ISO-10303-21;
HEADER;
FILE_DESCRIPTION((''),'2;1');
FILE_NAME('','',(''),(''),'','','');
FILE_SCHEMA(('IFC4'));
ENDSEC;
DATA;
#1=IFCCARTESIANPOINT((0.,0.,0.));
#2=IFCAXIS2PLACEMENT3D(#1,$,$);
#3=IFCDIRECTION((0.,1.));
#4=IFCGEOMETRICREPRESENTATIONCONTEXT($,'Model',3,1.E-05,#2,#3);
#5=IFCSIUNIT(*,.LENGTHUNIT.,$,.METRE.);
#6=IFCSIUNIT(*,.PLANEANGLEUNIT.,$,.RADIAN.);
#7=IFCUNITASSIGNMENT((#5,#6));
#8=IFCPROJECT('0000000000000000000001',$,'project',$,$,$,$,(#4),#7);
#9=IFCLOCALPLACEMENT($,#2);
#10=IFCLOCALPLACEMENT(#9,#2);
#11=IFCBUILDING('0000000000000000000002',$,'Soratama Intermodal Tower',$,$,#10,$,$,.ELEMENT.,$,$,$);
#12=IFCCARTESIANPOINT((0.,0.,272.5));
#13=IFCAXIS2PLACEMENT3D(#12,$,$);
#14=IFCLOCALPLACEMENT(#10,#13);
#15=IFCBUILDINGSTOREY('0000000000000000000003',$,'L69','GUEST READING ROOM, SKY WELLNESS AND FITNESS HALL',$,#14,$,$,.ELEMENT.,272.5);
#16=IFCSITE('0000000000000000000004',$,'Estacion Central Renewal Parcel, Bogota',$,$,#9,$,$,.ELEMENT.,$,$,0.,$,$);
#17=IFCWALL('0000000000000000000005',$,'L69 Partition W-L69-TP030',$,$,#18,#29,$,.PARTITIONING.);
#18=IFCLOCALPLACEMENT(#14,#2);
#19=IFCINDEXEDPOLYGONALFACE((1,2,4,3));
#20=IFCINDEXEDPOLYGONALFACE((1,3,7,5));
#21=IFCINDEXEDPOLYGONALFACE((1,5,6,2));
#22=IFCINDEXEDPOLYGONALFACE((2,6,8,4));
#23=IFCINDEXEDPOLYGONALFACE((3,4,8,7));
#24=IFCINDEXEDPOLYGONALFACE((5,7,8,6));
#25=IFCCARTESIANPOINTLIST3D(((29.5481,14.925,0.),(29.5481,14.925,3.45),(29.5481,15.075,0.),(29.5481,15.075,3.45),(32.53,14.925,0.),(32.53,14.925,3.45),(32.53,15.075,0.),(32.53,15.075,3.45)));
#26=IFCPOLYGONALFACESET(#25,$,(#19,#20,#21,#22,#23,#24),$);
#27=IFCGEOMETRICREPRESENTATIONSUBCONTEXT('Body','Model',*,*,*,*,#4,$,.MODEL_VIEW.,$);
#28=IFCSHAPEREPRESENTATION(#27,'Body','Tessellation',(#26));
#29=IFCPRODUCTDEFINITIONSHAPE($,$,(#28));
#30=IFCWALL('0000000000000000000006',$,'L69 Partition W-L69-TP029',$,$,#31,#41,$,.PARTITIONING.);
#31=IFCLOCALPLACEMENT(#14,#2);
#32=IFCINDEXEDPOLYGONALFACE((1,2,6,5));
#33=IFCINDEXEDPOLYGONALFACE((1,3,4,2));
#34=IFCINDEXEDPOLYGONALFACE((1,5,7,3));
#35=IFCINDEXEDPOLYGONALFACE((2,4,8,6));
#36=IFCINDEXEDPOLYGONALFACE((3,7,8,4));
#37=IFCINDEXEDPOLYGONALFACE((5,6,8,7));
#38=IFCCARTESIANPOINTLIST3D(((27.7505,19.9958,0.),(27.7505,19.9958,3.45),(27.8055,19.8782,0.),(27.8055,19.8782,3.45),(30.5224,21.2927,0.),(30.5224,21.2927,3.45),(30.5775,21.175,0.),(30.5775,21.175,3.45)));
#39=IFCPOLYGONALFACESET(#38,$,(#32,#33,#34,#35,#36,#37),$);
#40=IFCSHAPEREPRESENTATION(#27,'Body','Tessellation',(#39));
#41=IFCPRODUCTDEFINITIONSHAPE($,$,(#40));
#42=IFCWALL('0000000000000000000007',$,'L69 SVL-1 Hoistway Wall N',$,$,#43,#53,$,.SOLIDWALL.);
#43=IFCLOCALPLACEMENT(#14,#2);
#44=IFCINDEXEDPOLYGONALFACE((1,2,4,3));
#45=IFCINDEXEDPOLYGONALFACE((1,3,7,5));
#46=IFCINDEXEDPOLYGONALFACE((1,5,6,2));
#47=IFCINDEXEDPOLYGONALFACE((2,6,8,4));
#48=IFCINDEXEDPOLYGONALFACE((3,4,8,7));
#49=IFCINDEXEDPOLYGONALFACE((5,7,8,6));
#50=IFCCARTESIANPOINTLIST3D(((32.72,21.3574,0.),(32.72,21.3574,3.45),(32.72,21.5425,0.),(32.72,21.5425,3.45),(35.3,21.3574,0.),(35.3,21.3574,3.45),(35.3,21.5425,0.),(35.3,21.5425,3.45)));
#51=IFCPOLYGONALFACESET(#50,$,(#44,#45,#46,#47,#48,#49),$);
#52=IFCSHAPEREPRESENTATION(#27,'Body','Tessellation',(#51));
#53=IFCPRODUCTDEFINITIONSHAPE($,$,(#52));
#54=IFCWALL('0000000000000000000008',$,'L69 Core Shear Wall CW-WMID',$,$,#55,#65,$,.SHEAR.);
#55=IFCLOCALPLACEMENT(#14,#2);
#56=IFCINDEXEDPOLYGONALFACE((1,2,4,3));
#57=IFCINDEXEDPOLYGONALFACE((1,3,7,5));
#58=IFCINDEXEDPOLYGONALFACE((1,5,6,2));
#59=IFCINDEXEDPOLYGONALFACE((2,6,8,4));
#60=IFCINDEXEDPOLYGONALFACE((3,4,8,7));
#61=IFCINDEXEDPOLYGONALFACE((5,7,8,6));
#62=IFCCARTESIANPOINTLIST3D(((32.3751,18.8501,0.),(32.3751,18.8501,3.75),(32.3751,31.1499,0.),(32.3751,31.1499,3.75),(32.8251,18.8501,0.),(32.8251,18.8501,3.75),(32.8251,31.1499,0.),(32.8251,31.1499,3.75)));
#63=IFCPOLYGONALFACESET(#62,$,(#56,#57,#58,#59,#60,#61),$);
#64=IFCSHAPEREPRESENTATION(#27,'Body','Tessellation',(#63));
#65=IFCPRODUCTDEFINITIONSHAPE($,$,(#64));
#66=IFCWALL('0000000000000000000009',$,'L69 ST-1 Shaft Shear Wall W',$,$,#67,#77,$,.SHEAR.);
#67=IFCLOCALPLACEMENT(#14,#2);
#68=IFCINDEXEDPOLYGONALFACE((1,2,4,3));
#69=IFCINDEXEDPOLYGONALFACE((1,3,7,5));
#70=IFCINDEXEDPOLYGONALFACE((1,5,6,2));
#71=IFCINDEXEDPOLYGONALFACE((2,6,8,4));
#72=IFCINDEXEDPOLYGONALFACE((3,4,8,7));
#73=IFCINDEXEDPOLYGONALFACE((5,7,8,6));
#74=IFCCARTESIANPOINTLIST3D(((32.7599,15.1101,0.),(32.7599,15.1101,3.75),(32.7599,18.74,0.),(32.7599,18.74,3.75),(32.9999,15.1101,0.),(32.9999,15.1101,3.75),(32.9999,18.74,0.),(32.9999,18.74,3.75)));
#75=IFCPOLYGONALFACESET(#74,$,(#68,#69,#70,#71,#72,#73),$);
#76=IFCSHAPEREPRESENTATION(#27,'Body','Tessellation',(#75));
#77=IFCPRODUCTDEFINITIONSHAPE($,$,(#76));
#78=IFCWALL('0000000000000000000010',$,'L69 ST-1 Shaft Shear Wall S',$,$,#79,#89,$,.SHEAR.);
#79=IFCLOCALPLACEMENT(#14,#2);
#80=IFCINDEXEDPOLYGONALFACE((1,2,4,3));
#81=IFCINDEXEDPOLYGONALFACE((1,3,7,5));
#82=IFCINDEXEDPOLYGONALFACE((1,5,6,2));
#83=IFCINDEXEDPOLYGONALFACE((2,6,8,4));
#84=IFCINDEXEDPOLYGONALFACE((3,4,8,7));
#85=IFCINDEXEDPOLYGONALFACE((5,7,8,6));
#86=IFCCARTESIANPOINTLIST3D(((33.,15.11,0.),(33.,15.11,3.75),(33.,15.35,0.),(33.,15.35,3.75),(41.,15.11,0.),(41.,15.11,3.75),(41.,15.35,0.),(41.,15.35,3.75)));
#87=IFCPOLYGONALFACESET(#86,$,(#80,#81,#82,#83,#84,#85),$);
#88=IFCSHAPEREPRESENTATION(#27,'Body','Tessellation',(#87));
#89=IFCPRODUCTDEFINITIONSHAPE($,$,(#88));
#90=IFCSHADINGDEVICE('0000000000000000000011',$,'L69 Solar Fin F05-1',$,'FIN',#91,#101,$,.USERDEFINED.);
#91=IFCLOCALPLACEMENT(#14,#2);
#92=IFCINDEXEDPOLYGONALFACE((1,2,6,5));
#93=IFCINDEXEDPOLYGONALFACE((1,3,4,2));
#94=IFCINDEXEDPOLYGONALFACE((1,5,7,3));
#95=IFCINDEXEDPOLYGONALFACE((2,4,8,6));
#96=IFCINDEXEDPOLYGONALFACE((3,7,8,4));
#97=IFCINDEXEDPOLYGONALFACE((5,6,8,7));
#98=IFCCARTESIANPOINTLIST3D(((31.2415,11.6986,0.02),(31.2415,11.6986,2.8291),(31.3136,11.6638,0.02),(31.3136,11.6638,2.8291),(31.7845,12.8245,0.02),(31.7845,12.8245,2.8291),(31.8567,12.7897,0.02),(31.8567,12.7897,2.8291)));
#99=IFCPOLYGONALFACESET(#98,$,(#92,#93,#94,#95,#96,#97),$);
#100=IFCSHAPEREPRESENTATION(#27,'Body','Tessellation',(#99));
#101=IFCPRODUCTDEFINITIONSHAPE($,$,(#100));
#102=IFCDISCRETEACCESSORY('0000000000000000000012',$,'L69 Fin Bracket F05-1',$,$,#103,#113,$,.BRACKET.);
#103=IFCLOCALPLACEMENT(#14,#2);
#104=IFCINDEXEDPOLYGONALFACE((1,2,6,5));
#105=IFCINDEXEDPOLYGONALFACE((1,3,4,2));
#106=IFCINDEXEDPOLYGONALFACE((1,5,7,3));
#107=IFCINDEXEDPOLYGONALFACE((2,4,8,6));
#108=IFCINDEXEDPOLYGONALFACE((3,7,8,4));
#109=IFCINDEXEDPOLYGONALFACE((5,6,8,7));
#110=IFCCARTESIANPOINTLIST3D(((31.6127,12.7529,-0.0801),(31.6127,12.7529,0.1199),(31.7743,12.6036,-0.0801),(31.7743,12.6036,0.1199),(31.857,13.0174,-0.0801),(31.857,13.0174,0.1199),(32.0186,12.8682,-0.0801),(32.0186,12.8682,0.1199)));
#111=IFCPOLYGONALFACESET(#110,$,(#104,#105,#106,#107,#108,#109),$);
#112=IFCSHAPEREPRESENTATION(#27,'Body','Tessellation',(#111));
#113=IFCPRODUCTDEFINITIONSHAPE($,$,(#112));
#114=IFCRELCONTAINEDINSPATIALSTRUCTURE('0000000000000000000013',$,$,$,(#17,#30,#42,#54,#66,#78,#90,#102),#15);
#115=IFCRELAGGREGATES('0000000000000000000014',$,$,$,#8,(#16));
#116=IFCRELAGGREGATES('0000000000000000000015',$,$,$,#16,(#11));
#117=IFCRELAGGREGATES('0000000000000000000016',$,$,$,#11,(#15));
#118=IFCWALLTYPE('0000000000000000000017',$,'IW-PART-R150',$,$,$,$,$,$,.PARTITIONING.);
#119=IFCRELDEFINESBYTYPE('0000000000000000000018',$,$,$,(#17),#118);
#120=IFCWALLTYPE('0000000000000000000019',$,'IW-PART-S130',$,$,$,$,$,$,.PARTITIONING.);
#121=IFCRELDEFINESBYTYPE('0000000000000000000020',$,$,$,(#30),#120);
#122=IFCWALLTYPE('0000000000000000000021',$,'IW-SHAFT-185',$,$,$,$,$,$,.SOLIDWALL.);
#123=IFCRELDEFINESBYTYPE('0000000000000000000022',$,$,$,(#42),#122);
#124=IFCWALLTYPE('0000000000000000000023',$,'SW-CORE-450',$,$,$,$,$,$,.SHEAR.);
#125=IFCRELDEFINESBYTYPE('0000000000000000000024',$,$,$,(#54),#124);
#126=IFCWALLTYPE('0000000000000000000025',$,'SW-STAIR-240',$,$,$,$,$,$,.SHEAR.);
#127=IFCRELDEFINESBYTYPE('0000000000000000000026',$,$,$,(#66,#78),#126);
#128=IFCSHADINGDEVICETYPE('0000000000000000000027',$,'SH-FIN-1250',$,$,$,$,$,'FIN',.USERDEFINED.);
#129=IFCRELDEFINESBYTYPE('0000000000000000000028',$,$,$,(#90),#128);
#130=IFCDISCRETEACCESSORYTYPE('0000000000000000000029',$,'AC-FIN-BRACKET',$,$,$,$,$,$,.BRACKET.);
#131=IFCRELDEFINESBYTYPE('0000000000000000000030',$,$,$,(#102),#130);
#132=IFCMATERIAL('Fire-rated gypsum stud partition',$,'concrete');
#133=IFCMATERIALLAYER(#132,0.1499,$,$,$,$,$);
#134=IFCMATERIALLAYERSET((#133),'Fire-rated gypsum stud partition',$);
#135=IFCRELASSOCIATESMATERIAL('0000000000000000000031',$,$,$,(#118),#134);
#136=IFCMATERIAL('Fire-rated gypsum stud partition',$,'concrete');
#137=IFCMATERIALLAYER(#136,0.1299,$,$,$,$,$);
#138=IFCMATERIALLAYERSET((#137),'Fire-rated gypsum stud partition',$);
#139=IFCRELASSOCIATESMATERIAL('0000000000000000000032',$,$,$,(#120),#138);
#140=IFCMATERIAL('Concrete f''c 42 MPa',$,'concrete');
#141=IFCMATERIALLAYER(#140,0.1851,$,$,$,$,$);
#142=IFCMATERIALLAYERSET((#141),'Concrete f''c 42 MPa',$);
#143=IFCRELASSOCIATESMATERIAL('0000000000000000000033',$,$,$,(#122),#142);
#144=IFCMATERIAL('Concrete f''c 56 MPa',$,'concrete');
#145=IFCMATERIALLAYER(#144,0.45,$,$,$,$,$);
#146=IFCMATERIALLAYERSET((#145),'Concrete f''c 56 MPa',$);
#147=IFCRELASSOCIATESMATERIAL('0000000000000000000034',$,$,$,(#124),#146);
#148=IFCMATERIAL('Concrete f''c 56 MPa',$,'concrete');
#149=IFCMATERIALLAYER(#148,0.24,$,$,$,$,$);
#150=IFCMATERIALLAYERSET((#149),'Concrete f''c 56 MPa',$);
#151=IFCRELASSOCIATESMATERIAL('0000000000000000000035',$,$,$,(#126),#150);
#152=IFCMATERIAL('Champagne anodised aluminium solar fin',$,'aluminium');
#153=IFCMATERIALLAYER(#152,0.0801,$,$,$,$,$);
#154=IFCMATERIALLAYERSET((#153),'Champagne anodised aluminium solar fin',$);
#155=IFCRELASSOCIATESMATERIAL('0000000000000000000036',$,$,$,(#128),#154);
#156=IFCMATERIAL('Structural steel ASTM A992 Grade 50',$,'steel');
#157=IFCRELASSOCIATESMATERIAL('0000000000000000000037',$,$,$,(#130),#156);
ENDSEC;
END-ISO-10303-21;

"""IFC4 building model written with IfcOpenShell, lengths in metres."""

from ifc_helpers import new_model, si_unit, direction, frame, frame_2d, origin, origin_2d, place, context, subcontext, project, spatial, rectangle, extrude, material, layer, layer_set, type_object, element, save


model = new_model("IFC4")

# Units and contexts
model_context = context("Model", 3, precision=1e-05, world=origin(), true_north=direction((0.0, 1.0)))
body_context = subcontext(model_context, "Body", "Model", "MODEL_VIEW")
ifc_project = project(units=[si_unit("LENGTHUNIT", "METRE"), si_unit("PLANEANGLEUNIT", "RADIAN")], contexts=[model_context])

# Site, building, storey
site_placement = place(None, origin())
site = spatial("IfcSite", under=ifc_project, at=site_placement, Name="Estacion Central Renewal Parcel, Bogota", CompositionType="ELEMENT", RefElevation=0.0)
building_placement = place(site_placement, origin())
building = spatial("IfcBuilding", under=site, at=building_placement, Name="Soratama Intermodal Tower", CompositionType="ELEMENT")
storey_placement = place(building_placement, frame((0.0, 0.0, 272.5)))
storey = spatial("IfcBuildingStorey", under=building, at=storey_placement, Name="L69", Description="GUEST READING ROOM, SKY WELLNESS AND FITNESS HALL", CompositionType="ELEMENT", Elevation=272.5)

# Shared definitions
ifc_material_1 = material(Name="Fire-rated gypsum stud partition", Category="concrete")
ifc_layer_1 = layer(ifc_material_1, 0.1499)
ifc_layer_set_1 = layer_set([ifc_layer_1], Name="Fire-rated gypsum stud partition")
wall_type_1 = type_object("IfcWallType", Name="IW-PART-R150", PredefinedType="PARTITIONING", material=ifc_layer_set_1)

# Walls
wall_1_placement = place(storey_placement, frame((32.53, 15.0, 0.0), z_axis=(0.0, 0.0, 1.0), x_axis=(-1.0, 0.0, 0.0)))
element("IfcWall", 1, at=wall_1_placement, inside=storey, type_object=wall_type_1, Name="L69 Partition W-L69-TP030", PredefinedType="PARTITIONING", context=body_context, shape_type="SweptSolid", body=[
    extrude(rectangle(XDim=2.9819, YDim=0.1499, at=frame_2d((1.491, 0.0))), origin(), (0.0, 0.0, 1.0), 3.45),
])
ifc_material_2 = material(Name="Fire-rated gypsum stud partition", Category="concrete")
ifc_layer_2 = layer(ifc_material_2, 0.1299)
ifc_layer_set_2 = layer_set([ifc_layer_2], Name="Fire-rated gypsum stud partition")
wall_type_2 = type_object("IfcWallType", Name="IW-PART-S130", PredefinedType="PARTITIONING", material=ifc_layer_set_2)
wall_2_placement = place(storey_placement, frame((30.55, 21.2339, 0.0), z_axis=(0.0, 0.0, 1.0), x_axis=(-0.905771, -0.423767, 0.0)))
element("IfcWall", 2, at=wall_2_placement, inside=storey, type_object=wall_type_2, Name="L69 Partition W-L69-TP029", PredefinedType="PARTITIONING", context=body_context, shape_type="SweptSolid", body=[
    extrude(rectangle(XDim=3.0603, YDim=0.1299, at=frame_2d((1.5303, 0.0))), origin(), (0.0, 0.0, 1.0), 3.45),
])
ifc_material_3 = material(Name="Concrete f'c 42 MPa", Category="concrete")
ifc_layer_3 = layer(ifc_material_3, 0.1851)
ifc_layer_set_3 = layer_set([ifc_layer_3], Name="Concrete f'c 42 MPa")
wall_type_3 = type_object("IfcWallType", Name="IW-SHAFT-185", PredefinedType="SOLIDWALL", material=ifc_layer_set_3)
wall_3_placement = place(storey_placement, frame((32.72, 21.45, 0.0), z_axis=(0.0, 0.0, 1.0), x_axis=(1.0, 0.0, 0.0)))
element("IfcWall", 3, at=wall_3_placement, inside=storey, type_object=wall_type_3, Name="L69 SVL-1 Hoistway Wall N", PredefinedType="SOLIDWALL", context=body_context, shape_type="SweptSolid", body=[
    extrude(rectangle(XDim=2.5801, YDim=0.1851, at=frame_2d((1.29, 0.0))), origin(), (0.0, 0.0, 1.0), 3.45),
])
ifc_material_4 = material(Name="Concrete f'c 56 MPa", Category="concrete")
ifc_layer_4 = layer(ifc_material_4, 0.45)
ifc_layer_set_4 = layer_set([ifc_layer_4], Name="Concrete f'c 56 MPa")
wall_type_4 = type_object("IfcWallType", Name="SW-CORE-450", PredefinedType="SHEAR", material=ifc_layer_set_4)
wall_4_placement = place(storey_placement, frame((32.6001, 18.8501, 0.0), z_axis=(0.0, 0.0, 1.0), x_axis=(0.0, 1.0, 0.0)))
element("IfcWall", 4, at=wall_4_placement, inside=storey, type_object=wall_type_4, Name="L69 Core Shear Wall CW-WMID", PredefinedType="SHEAR", context=body_context, shape_type="SweptSolid", body=[
    extrude(rectangle(XDim=12.2998, YDim=0.45, at=frame_2d((6.1499, 0.0))), origin(), (0.0, 0.0, 1.0), 3.75),
])
ifc_material_5 = material(Name="Concrete f'c 56 MPa", Category="concrete")
ifc_layer_5 = layer(ifc_material_5, 0.24)
ifc_layer_set_5 = layer_set([ifc_layer_5], Name="Concrete f'c 56 MPa")
wall_type_5 = type_object("IfcWallType", Name="SW-STAIR-240", PredefinedType="SHEAR", material=ifc_layer_set_5)
wall_5_placement = place(storey_placement, frame((32.8799, 15.1101, 0.0), z_axis=(0.0, 0.0, 1.0), x_axis=(0.0, 1.0, 0.0)))
element("IfcWall", 5, at=wall_5_placement, inside=storey, type_object=wall_type_5, Name="L69 ST-1 Shaft Shear Wall W", PredefinedType="SHEAR", context=body_context, shape_type="SweptSolid", body=[
    extrude(rectangle(XDim=3.6299, YDim=0.24, at=frame_2d((1.8149, 0.0))), origin(), (0.0, 0.0, 1.0), 3.75),
])
wall_6_placement = place(storey_placement, frame((33.0, 15.23, 0.0), z_axis=(0.0, 0.0, 1.0), x_axis=(1.0, 0.0, 0.0)))
element("IfcWall", 6, at=wall_6_placement, inside=storey, type_object=wall_type_5, Name="L69 ST-1 Shaft Shear Wall S", PredefinedType="SHEAR", context=body_context, shape_type="SweptSolid", body=[
    extrude(rectangle(XDim=8.0, YDim=0.24, at=frame_2d((4.0, 0.0))), origin(), (0.0, 0.0, 1.0), 3.75),
])

# Shading device
ifc_material_6 = material(Name="Champagne anodised aluminium solar fin", Category="aluminium")
ifc_layer_6 = layer(ifc_material_6, 0.0801)
ifc_layer_set_6 = layer_set([ifc_layer_6], Name="Champagne anodised aluminium solar fin")
shading_device_type = type_object("IfcShadingDeviceType", Name="SH-FIN-1250", ElementType="FIN", PredefinedType="USERDEFINED", material=ifc_layer_set_6)
shading_device_placement = place(storey_placement, frame((31.5491, 12.2441, 0.02), z_axis=(0.0, 0.0, 1.0), x_axis=(-0.434445, -0.900698, 0.0)))
element("IfcShadingDevice", 7, at=shading_device_placement, inside=storey, type_object=shading_device_type, Name="L69 Solar Fin F05-1", ObjectType="FIN", PredefinedType="USERDEFINED", context=body_context, shape_type="SweptSolid", body=[
    extrude(rectangle(XDim=1.25, YDim=0.0801, at=origin_2d()), origin(), (0.0, 0.0, 1.0), 2.8091),
])

# Discrete accessory
ifc_material_7 = material(Name="Structural steel ASTM A992 Grade 50", Category="steel")
discrete_accessory_type = type_object("IfcDiscreteAccessoryType", Name="AC-FIN-BRACKET", PredefinedType="BRACKET", material=ifc_material_7)
discrete_accessory_placement = place(storey_placement, frame((31.8157, 12.8105, -0.0801), z_axis=(0.0, 0.0, 1.0), x_axis=(-0.678416, -0.734678, 0.0)))
element("IfcDiscreteAccessory", 8, at=discrete_accessory_placement, inside=storey, type_object=discrete_accessory_type, Name="L69 Fin Bracket F05-1", PredefinedType="BRACKET", context=body_context, shape_type="SweptSolid", body=[
    extrude(rectangle(XDim=0.3601, YDim=0.22, at=origin_2d()), origin(), (0.0, 0.0, 1.0), 0.2),
])

save(model, "model.ifc")
